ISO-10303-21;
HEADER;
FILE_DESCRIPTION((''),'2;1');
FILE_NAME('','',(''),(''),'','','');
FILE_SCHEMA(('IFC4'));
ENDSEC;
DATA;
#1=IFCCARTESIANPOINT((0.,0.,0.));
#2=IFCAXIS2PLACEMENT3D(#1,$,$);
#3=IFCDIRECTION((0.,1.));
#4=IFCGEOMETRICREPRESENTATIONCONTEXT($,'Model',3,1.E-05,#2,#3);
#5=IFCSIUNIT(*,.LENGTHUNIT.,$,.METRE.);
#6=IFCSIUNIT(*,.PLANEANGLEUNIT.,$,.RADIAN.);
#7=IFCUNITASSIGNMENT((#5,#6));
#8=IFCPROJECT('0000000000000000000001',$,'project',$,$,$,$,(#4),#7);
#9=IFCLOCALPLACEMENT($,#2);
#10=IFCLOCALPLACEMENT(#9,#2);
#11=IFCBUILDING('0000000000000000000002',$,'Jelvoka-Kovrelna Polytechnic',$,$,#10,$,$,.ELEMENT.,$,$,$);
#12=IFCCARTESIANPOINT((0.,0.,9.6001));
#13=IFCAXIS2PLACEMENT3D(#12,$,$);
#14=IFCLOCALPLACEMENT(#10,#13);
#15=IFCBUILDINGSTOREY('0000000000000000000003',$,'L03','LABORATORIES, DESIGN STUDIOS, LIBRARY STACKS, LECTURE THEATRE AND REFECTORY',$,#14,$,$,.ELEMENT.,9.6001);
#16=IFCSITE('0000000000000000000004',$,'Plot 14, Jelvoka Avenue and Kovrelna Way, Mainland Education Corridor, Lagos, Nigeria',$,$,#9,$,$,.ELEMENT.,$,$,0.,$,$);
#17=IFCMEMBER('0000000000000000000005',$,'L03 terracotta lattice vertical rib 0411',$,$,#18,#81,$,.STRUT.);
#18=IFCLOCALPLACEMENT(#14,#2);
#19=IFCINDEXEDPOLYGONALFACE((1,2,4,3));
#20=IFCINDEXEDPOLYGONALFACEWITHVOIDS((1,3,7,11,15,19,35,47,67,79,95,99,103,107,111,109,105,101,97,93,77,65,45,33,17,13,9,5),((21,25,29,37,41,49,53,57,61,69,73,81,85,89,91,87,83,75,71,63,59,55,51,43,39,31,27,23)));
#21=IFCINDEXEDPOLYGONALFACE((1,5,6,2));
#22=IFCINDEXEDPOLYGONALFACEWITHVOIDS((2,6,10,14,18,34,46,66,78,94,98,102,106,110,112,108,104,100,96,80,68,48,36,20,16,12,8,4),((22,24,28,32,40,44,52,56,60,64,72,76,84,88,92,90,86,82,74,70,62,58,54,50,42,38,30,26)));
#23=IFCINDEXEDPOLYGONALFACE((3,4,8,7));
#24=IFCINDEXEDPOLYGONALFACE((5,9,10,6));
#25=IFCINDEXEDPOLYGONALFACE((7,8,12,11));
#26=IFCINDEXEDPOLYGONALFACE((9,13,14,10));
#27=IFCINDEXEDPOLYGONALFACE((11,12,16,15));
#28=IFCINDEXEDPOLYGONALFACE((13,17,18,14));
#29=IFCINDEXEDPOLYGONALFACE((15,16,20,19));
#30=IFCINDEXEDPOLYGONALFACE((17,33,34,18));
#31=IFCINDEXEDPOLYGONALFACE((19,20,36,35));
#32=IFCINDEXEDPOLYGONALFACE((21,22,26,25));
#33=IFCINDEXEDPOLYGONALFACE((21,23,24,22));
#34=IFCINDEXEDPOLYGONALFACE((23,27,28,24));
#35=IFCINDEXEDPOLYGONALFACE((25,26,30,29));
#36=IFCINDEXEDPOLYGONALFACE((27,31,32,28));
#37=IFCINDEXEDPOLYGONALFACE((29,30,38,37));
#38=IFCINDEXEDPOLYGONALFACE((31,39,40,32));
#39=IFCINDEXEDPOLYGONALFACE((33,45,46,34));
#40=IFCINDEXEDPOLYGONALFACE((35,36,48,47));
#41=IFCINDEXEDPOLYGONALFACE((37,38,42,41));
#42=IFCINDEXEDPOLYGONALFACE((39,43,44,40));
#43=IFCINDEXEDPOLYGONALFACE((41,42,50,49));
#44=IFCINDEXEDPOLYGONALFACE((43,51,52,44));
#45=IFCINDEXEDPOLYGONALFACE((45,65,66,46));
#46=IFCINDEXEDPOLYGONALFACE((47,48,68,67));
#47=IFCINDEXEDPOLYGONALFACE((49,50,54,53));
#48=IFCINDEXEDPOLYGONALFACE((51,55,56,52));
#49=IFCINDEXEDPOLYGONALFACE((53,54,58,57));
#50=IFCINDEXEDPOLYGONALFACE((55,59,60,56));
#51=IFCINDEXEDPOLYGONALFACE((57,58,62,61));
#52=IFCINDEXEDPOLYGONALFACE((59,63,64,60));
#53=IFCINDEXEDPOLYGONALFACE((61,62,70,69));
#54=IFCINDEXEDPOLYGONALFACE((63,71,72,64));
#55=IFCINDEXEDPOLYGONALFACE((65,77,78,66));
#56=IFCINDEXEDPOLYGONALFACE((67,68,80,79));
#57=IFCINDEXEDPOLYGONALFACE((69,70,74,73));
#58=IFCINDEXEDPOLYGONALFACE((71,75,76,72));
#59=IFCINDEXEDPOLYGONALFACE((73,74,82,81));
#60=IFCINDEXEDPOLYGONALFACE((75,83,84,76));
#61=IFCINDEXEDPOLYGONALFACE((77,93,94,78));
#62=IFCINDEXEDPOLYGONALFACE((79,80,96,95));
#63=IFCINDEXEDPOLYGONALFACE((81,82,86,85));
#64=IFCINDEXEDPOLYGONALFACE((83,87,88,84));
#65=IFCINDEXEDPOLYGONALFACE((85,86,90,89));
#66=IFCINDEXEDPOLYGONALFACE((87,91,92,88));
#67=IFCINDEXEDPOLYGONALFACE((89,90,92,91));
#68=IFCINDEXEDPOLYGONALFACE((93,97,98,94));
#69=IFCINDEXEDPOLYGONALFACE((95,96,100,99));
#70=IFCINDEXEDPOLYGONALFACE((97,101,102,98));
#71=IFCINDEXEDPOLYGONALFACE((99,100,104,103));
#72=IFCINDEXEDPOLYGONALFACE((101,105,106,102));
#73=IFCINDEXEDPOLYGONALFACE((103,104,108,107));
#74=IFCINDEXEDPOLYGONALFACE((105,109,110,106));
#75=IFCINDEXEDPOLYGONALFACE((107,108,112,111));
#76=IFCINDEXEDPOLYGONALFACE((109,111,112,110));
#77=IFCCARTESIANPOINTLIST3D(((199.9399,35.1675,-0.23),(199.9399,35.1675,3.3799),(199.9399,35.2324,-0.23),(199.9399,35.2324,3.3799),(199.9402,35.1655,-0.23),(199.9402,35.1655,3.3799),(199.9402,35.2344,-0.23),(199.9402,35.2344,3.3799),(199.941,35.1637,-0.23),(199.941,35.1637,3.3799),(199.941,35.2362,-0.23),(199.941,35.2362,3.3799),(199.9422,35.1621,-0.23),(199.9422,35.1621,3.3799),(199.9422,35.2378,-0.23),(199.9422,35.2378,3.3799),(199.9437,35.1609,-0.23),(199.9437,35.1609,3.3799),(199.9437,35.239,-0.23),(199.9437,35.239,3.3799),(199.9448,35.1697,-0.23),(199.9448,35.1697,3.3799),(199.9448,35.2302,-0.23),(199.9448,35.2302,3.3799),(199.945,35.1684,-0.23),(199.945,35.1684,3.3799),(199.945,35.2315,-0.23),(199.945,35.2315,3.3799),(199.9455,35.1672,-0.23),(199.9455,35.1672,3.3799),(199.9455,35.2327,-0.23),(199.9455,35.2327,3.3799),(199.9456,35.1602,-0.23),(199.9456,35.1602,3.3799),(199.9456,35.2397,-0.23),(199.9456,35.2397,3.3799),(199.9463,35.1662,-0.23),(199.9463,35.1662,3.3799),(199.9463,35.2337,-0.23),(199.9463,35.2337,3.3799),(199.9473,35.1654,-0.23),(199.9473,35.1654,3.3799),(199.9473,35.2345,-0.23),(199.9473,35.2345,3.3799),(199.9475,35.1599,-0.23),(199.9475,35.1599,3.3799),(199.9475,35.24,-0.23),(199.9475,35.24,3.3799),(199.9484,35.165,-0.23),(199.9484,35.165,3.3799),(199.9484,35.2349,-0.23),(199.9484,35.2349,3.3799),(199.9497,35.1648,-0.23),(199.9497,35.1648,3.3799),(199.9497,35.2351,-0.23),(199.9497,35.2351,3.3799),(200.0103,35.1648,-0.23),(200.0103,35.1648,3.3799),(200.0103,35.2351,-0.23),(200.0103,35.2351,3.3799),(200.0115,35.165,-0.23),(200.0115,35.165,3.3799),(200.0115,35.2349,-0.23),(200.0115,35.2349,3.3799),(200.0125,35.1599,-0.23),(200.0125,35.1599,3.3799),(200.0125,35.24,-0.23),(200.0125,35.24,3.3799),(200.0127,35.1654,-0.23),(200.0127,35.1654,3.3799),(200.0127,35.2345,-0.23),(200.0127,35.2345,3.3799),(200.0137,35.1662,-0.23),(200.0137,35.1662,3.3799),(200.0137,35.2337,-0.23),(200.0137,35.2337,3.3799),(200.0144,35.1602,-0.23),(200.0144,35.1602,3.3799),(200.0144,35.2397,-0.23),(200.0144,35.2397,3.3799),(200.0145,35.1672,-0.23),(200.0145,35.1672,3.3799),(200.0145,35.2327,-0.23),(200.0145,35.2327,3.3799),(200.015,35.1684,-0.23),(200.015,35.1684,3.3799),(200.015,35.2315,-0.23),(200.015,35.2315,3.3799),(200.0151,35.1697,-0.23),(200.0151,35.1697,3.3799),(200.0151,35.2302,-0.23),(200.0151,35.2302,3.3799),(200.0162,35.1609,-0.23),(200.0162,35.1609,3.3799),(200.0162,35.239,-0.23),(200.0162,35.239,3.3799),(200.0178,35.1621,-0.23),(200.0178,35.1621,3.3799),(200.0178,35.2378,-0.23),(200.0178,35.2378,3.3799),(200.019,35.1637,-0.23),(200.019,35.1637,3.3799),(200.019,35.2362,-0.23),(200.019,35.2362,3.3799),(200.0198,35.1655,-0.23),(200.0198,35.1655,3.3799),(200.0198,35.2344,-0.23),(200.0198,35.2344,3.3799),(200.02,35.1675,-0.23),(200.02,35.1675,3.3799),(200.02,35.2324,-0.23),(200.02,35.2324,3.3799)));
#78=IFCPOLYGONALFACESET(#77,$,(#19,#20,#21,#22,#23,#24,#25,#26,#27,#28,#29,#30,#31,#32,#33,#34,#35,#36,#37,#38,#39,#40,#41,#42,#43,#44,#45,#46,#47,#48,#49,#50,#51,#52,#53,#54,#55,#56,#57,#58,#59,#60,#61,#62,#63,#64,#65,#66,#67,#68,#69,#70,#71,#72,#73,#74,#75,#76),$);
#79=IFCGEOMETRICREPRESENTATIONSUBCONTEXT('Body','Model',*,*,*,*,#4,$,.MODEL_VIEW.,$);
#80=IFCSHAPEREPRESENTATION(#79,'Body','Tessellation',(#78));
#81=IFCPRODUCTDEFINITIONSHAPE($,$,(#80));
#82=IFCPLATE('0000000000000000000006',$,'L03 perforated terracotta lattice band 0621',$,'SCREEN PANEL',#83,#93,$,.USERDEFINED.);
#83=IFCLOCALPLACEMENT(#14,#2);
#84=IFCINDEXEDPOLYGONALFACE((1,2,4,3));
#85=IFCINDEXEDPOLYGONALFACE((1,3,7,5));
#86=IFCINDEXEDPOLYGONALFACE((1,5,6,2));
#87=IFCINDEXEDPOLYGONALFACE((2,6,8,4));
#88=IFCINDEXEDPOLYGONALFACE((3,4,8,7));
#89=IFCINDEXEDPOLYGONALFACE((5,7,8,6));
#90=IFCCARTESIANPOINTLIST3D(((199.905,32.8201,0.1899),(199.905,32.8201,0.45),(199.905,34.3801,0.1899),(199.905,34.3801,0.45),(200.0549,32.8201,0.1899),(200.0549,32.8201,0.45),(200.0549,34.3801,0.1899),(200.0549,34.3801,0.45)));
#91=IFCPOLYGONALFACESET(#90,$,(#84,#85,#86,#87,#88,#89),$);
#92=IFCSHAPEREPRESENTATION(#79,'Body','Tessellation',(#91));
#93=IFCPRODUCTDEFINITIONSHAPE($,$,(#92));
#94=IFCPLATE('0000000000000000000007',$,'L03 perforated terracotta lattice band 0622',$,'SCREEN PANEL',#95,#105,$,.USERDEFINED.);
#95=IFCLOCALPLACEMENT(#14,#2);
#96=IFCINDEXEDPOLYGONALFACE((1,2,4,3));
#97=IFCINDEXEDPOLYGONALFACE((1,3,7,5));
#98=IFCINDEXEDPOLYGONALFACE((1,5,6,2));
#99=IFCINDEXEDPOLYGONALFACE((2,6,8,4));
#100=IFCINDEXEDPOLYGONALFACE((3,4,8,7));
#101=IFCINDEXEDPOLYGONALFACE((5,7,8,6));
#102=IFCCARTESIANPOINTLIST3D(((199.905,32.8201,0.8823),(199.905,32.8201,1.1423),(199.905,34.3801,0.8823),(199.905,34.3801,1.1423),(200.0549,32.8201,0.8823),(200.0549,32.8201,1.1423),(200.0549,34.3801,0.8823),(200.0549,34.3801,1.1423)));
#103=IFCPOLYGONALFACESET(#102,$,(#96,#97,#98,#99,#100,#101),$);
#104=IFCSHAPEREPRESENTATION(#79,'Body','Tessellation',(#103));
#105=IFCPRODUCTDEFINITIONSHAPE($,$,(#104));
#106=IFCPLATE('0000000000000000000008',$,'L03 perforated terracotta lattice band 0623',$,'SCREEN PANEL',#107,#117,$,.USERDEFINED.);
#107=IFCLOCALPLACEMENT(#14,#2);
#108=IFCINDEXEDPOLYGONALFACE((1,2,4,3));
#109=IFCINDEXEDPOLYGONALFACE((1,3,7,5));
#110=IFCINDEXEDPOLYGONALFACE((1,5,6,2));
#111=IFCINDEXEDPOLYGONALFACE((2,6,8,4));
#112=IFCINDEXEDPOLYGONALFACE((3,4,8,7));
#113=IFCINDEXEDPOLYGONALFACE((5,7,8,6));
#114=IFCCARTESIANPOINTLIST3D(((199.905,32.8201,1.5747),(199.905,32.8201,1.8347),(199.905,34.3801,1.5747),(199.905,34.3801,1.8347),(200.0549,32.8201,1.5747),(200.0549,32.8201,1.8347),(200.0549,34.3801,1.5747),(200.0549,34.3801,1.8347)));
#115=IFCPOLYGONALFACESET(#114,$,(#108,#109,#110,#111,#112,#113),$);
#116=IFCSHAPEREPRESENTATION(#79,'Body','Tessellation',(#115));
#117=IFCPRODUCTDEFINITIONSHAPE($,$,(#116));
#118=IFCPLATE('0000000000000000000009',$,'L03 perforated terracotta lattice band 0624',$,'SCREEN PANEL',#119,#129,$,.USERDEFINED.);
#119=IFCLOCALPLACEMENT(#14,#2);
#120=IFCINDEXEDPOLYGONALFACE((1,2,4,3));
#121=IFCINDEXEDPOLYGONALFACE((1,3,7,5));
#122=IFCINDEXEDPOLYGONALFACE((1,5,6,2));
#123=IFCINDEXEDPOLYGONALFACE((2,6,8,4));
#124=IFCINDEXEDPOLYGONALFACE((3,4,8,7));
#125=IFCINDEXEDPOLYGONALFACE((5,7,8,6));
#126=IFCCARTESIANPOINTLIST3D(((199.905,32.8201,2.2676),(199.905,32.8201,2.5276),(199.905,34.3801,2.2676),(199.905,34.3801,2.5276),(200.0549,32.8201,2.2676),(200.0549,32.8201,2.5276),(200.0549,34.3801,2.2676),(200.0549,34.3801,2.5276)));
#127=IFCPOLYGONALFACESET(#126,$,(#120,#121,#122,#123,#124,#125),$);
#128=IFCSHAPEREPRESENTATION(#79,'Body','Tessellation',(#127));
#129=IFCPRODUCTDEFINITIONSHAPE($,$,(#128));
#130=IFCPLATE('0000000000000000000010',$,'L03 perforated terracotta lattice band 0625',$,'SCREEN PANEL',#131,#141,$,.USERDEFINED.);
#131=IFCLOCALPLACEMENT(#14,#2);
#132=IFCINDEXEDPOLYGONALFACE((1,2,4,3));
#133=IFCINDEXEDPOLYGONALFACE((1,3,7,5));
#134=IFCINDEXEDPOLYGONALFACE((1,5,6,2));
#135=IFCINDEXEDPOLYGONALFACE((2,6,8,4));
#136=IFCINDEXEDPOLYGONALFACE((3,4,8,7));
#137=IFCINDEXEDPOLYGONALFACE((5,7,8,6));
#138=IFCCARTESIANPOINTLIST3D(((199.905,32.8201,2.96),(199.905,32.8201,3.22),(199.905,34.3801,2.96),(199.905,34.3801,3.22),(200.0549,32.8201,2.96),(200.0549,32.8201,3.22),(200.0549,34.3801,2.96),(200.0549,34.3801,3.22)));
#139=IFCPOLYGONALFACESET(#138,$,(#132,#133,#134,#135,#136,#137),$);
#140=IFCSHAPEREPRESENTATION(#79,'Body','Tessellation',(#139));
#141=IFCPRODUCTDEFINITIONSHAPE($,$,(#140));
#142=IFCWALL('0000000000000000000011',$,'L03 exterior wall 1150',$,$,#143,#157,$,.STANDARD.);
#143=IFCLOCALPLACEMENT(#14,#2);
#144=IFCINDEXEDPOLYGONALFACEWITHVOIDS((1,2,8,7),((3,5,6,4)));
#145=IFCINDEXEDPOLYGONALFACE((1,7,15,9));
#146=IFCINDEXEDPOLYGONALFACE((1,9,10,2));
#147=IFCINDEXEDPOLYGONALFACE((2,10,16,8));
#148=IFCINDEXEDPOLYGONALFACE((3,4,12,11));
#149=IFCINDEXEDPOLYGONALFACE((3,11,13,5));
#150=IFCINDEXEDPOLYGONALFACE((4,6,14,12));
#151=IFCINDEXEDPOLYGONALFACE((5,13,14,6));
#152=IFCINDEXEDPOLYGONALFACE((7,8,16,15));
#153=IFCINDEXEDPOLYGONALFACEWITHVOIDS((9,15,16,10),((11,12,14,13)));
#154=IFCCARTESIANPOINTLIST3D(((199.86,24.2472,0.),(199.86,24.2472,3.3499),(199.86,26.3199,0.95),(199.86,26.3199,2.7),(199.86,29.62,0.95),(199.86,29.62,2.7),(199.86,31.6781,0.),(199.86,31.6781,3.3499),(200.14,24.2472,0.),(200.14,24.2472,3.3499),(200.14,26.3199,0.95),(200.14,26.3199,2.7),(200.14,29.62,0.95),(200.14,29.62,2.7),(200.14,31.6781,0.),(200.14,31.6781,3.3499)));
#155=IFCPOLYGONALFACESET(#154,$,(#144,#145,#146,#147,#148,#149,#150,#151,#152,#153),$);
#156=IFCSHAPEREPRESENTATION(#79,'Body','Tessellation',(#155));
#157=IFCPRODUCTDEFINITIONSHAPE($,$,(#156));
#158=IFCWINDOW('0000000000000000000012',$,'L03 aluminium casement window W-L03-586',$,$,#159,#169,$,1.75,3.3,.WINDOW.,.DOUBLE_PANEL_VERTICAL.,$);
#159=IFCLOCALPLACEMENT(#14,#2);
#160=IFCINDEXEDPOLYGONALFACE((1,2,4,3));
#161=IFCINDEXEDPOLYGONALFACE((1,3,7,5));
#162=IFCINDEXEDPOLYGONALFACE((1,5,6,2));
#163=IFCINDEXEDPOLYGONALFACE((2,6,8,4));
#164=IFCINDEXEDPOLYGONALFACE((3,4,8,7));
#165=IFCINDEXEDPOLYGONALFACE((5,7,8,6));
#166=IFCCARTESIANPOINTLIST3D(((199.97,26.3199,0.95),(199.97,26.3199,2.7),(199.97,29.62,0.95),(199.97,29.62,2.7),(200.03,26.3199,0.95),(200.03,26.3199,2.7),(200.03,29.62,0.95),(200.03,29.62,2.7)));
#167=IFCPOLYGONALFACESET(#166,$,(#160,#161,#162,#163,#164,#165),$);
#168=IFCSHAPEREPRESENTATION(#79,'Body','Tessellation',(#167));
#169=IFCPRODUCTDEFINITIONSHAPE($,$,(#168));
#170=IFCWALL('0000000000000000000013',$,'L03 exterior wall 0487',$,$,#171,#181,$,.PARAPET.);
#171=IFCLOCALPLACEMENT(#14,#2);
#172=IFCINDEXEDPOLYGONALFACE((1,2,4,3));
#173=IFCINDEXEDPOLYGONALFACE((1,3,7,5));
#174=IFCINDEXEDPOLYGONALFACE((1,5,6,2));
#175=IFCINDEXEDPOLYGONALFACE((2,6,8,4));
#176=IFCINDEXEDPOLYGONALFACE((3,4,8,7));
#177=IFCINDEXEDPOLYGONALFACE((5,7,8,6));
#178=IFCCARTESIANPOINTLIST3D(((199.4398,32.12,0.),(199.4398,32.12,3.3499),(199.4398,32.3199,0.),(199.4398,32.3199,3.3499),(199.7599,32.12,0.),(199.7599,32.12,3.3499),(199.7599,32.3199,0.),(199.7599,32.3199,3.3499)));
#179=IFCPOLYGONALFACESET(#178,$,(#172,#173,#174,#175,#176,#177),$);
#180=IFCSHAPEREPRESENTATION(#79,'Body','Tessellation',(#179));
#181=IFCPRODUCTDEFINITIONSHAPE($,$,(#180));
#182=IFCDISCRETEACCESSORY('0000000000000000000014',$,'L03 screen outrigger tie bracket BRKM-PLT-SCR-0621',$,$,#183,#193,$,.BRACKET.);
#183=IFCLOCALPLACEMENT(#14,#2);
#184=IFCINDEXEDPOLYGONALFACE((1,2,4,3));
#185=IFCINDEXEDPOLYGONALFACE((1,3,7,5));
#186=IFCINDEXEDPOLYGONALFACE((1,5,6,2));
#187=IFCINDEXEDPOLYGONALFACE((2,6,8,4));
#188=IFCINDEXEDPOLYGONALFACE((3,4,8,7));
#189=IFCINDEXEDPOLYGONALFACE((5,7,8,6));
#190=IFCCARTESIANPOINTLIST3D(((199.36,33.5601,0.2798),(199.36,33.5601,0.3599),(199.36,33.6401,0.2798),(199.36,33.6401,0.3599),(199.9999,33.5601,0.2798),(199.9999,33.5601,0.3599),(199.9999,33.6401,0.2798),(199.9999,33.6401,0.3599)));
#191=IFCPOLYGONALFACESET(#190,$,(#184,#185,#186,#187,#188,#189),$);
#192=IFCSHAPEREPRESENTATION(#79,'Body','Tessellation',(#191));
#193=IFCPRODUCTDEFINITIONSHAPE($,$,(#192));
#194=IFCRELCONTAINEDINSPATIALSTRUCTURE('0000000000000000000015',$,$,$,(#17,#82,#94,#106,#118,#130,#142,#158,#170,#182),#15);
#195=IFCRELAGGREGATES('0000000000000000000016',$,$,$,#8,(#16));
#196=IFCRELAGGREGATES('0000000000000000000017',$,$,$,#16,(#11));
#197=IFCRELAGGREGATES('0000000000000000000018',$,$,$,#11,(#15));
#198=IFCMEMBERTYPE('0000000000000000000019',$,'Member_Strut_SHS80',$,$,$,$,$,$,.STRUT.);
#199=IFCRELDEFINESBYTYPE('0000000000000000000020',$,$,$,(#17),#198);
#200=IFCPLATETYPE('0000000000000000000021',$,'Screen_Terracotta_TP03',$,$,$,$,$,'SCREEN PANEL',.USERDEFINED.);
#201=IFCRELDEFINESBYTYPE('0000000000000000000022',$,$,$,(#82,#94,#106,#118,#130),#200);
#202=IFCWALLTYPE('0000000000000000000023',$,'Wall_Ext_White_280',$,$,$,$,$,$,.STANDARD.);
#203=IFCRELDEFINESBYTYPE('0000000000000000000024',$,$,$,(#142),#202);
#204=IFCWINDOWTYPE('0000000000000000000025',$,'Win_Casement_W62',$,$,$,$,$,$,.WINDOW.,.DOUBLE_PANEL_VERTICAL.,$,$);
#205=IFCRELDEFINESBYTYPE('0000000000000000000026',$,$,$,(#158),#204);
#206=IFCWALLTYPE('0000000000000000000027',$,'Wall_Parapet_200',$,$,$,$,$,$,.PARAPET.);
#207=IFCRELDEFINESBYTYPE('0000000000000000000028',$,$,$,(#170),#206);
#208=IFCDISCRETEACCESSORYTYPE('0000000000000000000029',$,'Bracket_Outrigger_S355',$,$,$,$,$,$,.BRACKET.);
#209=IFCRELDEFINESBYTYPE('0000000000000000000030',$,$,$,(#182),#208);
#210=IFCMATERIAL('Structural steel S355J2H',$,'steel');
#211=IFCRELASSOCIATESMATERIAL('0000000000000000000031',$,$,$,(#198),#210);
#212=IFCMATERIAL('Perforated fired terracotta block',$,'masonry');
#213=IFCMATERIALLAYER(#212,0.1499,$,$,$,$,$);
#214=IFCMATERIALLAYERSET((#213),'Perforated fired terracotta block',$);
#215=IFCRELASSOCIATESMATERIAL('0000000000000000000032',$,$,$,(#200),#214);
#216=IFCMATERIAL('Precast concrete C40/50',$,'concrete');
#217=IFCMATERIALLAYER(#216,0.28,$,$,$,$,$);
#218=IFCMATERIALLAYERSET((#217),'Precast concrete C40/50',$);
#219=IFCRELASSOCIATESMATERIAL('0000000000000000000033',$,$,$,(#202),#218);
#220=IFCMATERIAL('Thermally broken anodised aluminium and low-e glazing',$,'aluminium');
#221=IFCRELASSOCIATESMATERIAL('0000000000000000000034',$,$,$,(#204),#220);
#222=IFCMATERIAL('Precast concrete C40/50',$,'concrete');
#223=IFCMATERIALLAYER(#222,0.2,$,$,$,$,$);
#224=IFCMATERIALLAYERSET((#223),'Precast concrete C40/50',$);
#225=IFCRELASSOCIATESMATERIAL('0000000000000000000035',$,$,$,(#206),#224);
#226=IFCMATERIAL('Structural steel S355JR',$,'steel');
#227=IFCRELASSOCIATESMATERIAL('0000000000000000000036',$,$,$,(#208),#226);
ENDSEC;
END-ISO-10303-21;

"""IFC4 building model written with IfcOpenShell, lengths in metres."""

from ifc_helpers import new_model, si_unit, direction, frame, frame_2d, origin, origin_2d, place, context, subcontext, project, spatial, rectangle, hollow_rectangle, extrude, material, layer, layer_set, material_profile, profile_set, type_object, element, fill, save


model = new_model("IFC4")

# Units and contexts
model_context = context("Model", 3, precision=1e-05, world=origin(), true_north=direction((0.0, 1.0)))
body_context = subcontext(model_context, "Body", "Model", "MODEL_VIEW")
ifc_project = project(units=[si_unit("LENGTHUNIT", "METRE"), si_unit("PLANEANGLEUNIT", "RADIAN")], contexts=[model_context])

# Site, building, storey
site_placement = place(None, origin())
site = spatial("IfcSite", under=ifc_project, at=site_placement, Name="Plot 14, Jelvoka Avenue and Kovrelna Way, Mainland Education Corridor, Lagos, Nigeria", CompositionType="ELEMENT", RefElevation=0.0)
building_placement = place(site_placement, origin())
building = spatial("IfcBuilding", under=site, at=building_placement, Name="Jelvoka-Kovrelna Polytechnic", CompositionType="ELEMENT")
storey_placement = place(building_placement, frame((0.0, 0.0, 9.6001)))
storey = spatial("IfcBuildingStorey", under=building, at=storey_placement, Name="L03", Description="LABORATORIES, DESIGN STUDIOS, LIBRARY STACKS, LECTURE THEATRE AND REFECTORY", CompositionType="ELEMENT", Elevation=9.6001)

# Member
ifc_material_1 = material(Name="Structural steel S355J2H", Category="steel")
ifc_material_profile_1 = material_profile(ifc_material_1, hollow_rectangle(XDim=0.0801, YDim=0.0801, WallThickness=0.0049, InnerFilletRadius=0.0049, OuterFilletRadius=0.0076, at=origin_2d()), Name="80x80x5.0 SHS")
ifc_profile_set_1 = profile_set([ifc_material_profile_1], Name="Structural steel S355J2H")
member_type_1 = type_object("IfcMemberType", Name="Member_Strut_SHS80", PredefinedType="STRUT", material=ifc_profile_set_1)
for number, where, z_axis, x_axis, name in (
    (1, (199.98, 35.2, -0.23), (0.0, 0.0, 1.0), (1.0, 0.0, 0.0), "L03 terracotta lattice vertical rib 0411"),
):
    element("IfcMember", number, at=place(storey_placement, frame(where, z_axis=z_axis, x_axis=x_axis)), inside=storey, type_object=member_type_1, Name=name, PredefinedType="STRUT", context=body_context, shape_type="SweptSolid", body=[
        extrude(hollow_rectangle(XDim=0.0801, YDim=0.0801, WallThickness=0.0049, InnerFilletRadius=0.0049, OuterFilletRadius=0.0076, at=origin_2d()), origin(), (0.0, 0.0, 1.0), 3.6099),
    ])

# Plates
ifc_material_2 = material(Name="Perforated fired terracotta block", Category="masonry")
ifc_layer_1 = layer(ifc_material_2, 0.1499)
ifc_layer_set_1 = layer_set([ifc_layer_1], Name="Perforated fired terracotta block")
plate_type = type_object("IfcPlateType", Name="Screen_Terracotta_TP03", ElementType="SCREEN PANEL", PredefinedType="USERDEFINED", material=ifc_layer_set_1)
for number, where, z_axis, x_axis, name in (
    (2, (199.98, 33.6001, 0.1899), (0.0, 0.0, 1.0), (0.0, 1.0, 0.0), "L03 perforated terracotta lattice band 0621"),
    (3, (199.98, 33.6001, 0.8823), (0.0, 0.0, 1.0), (0.0, 1.0, 0.0), "L03 perforated terracotta lattice band 0622"),
    (4, (199.98, 33.6001, 1.5747), (0.0, 0.0, 1.0), (0.0, 1.0, 0.0), "L03 perforated terracotta lattice band 0623"),
    (5, (199.98, 33.6001, 2.2676), (0.0, 0.0, 1.0), (0.0, 1.0, 0.0), "L03 perforated terracotta lattice band 0624"),
    (6, (199.98, 33.6001, 2.96), (0.0, 0.0, 1.0), (0.0, 1.0, 0.0), "L03 perforated terracotta lattice band 0625"),
):
    element("IfcPlate", number, at=place(storey_placement, frame(where, z_axis=z_axis, x_axis=x_axis)), inside=storey, type_object=plate_type, Name=name, ObjectType="SCREEN PANEL", PredefinedType="USERDEFINED", context=body_context, shape_type="SweptSolid", body=[
        extrude(rectangle(XDim=1.5601, YDim=0.1499, at=origin_2d()), origin(), (0.0, 0.0, 1.0), 0.26),
    ])

# Wall, opening, window
ifc_material_3 = material(Name="Precast concrete C40/50", Category="concrete")
ifc_layer_2 = layer(ifc_material_3, 0.28)
ifc_layer_set_2 = layer_set([ifc_layer_2], Name="Precast concrete C40/50")
wall_type_1 = type_object("IfcWallType", Name="Wall_Ext_White_280", PredefinedType="STANDARD", material=ifc_layer_set_2)
wall_1_placement = place(storey_placement, frame((200.0, 31.678, 0.0), z_axis=(0.0, 0.0, 1.0), x_axis=(0.0, -1.0, 0.0)))
wall_1 = element("IfcWall", 7, at=wall_1_placement, inside=storey, type_object=wall_type_1, Name="L03 exterior wall 1150", PredefinedType="STANDARD", context=body_context, shape_type="SweptSolid", body=[
    extrude(rectangle(XDim=7.4309, YDim=0.28, at=frame_2d((3.7153, 0.0))), origin(), (0.0, 0.0, 1.0), 3.3499),
])
opening_placement = place(wall_1_placement, frame((2.0581, 0.0, 0.95)))
opening = element("IfcOpeningElement", 8, at=opening_placement, cuts=wall_1, PredefinedType="OPENING", context=body_context, shape_type="SweptSolid", body=[
    extrude(rectangle(XDim=3.3, YDim=1.75, at=frame_2d((1.6499, 0.875))), frame((0.0, 0.1501, 0.0), z_axis=(0.0, -1.0, 0.0), x_axis=(1.0, 0.0, 0.0)), (0.0, 0.0, 1.0), 0.3),
])
ifc_material_4 = material(Name="Thermally broken anodised aluminium and low-e glazing", Category="aluminium")
window_type = type_object("IfcWindowType", Name="Win_Casement_W62", PartitioningType="DOUBLE_PANEL_VERTICAL", PredefinedType="WINDOW", material=ifc_material_4)
window_placement = place(opening_placement, origin())
window = element("IfcWindow", 9, at=window_placement, inside=storey, type_object=window_type, Name="L03 aluminium casement window W-L03-586", OverallHeight=1.75, OverallWidth=3.3, PartitioningType="DOUBLE_PANEL_VERTICAL", PredefinedType="WINDOW", context=body_context, shape_type="SweptSolid", body=[
    extrude(rectangle(XDim=3.3, YDim=1.75, at=frame_2d((1.6499, 0.875))), frame((0.0, 0.03, 0.0), z_axis=(0.0, -1.0, 0.0), x_axis=(1.0, 0.0, 0.0)), (0.0, 0.0, 1.0), 0.0601),
])
fill(opening, window)

# Wall
ifc_material_5 = material(Name="Precast concrete C40/50", Category="concrete")
ifc_layer_3 = layer(ifc_material_5, 0.2)
ifc_layer_set_3 = layer_set([ifc_layer_3], Name="Precast concrete C40/50")
wall_type_2 = type_object("IfcWallType", Name="Wall_Parapet_200", PredefinedType="PARAPET", material=ifc_layer_set_3)
wall_2_placement = place(storey_placement, frame((199.76, 32.22, 0.0), z_axis=(0.0, 0.0, 1.0), x_axis=(-1.0, 0.0, 0.0)))
element("IfcWall", 10, at=wall_2_placement, inside=storey, type_object=wall_type_2, Name="L03 exterior wall 0487", PredefinedType="PARAPET", context=body_context, shape_type="SweptSolid", body=[
    extrude(rectangle(XDim=0.3201, YDim=0.2, at=frame_2d((0.1602, 0.0))), origin(), (0.0, 0.0, 1.0), 3.3499),
])

# Discrete accessory
ifc_material_6 = material(Name="Structural steel S355JR", Category="steel")
discrete_accessory_type = type_object("IfcDiscreteAccessoryType", Name="Bracket_Outrigger_S355", PredefinedType="BRACKET", material=ifc_material_6)
discrete_accessory_1_placement = place(storey_placement, frame((199.6799, 33.6001, 0.2798), z_axis=(0.0, 0.0, 1.0), x_axis=(1.0, 0.0, 0.0)))
element("IfcDiscreteAccessory", 11, at=discrete_accessory_1_placement, inside=storey, type_object=discrete_accessory_type, Name="L03 screen outrigger tie bracket BRKM-PLT-SCR-0621", PredefinedType="BRACKET", context=body_context, shape_type="SweptSolid", body=[
    extrude(rectangle(XDim=0.6399, YDim=0.0801, at=origin_2d()), origin(), (0.0, 0.0, 1.0), 0.0801),
])

save(model, "model.ifc")
